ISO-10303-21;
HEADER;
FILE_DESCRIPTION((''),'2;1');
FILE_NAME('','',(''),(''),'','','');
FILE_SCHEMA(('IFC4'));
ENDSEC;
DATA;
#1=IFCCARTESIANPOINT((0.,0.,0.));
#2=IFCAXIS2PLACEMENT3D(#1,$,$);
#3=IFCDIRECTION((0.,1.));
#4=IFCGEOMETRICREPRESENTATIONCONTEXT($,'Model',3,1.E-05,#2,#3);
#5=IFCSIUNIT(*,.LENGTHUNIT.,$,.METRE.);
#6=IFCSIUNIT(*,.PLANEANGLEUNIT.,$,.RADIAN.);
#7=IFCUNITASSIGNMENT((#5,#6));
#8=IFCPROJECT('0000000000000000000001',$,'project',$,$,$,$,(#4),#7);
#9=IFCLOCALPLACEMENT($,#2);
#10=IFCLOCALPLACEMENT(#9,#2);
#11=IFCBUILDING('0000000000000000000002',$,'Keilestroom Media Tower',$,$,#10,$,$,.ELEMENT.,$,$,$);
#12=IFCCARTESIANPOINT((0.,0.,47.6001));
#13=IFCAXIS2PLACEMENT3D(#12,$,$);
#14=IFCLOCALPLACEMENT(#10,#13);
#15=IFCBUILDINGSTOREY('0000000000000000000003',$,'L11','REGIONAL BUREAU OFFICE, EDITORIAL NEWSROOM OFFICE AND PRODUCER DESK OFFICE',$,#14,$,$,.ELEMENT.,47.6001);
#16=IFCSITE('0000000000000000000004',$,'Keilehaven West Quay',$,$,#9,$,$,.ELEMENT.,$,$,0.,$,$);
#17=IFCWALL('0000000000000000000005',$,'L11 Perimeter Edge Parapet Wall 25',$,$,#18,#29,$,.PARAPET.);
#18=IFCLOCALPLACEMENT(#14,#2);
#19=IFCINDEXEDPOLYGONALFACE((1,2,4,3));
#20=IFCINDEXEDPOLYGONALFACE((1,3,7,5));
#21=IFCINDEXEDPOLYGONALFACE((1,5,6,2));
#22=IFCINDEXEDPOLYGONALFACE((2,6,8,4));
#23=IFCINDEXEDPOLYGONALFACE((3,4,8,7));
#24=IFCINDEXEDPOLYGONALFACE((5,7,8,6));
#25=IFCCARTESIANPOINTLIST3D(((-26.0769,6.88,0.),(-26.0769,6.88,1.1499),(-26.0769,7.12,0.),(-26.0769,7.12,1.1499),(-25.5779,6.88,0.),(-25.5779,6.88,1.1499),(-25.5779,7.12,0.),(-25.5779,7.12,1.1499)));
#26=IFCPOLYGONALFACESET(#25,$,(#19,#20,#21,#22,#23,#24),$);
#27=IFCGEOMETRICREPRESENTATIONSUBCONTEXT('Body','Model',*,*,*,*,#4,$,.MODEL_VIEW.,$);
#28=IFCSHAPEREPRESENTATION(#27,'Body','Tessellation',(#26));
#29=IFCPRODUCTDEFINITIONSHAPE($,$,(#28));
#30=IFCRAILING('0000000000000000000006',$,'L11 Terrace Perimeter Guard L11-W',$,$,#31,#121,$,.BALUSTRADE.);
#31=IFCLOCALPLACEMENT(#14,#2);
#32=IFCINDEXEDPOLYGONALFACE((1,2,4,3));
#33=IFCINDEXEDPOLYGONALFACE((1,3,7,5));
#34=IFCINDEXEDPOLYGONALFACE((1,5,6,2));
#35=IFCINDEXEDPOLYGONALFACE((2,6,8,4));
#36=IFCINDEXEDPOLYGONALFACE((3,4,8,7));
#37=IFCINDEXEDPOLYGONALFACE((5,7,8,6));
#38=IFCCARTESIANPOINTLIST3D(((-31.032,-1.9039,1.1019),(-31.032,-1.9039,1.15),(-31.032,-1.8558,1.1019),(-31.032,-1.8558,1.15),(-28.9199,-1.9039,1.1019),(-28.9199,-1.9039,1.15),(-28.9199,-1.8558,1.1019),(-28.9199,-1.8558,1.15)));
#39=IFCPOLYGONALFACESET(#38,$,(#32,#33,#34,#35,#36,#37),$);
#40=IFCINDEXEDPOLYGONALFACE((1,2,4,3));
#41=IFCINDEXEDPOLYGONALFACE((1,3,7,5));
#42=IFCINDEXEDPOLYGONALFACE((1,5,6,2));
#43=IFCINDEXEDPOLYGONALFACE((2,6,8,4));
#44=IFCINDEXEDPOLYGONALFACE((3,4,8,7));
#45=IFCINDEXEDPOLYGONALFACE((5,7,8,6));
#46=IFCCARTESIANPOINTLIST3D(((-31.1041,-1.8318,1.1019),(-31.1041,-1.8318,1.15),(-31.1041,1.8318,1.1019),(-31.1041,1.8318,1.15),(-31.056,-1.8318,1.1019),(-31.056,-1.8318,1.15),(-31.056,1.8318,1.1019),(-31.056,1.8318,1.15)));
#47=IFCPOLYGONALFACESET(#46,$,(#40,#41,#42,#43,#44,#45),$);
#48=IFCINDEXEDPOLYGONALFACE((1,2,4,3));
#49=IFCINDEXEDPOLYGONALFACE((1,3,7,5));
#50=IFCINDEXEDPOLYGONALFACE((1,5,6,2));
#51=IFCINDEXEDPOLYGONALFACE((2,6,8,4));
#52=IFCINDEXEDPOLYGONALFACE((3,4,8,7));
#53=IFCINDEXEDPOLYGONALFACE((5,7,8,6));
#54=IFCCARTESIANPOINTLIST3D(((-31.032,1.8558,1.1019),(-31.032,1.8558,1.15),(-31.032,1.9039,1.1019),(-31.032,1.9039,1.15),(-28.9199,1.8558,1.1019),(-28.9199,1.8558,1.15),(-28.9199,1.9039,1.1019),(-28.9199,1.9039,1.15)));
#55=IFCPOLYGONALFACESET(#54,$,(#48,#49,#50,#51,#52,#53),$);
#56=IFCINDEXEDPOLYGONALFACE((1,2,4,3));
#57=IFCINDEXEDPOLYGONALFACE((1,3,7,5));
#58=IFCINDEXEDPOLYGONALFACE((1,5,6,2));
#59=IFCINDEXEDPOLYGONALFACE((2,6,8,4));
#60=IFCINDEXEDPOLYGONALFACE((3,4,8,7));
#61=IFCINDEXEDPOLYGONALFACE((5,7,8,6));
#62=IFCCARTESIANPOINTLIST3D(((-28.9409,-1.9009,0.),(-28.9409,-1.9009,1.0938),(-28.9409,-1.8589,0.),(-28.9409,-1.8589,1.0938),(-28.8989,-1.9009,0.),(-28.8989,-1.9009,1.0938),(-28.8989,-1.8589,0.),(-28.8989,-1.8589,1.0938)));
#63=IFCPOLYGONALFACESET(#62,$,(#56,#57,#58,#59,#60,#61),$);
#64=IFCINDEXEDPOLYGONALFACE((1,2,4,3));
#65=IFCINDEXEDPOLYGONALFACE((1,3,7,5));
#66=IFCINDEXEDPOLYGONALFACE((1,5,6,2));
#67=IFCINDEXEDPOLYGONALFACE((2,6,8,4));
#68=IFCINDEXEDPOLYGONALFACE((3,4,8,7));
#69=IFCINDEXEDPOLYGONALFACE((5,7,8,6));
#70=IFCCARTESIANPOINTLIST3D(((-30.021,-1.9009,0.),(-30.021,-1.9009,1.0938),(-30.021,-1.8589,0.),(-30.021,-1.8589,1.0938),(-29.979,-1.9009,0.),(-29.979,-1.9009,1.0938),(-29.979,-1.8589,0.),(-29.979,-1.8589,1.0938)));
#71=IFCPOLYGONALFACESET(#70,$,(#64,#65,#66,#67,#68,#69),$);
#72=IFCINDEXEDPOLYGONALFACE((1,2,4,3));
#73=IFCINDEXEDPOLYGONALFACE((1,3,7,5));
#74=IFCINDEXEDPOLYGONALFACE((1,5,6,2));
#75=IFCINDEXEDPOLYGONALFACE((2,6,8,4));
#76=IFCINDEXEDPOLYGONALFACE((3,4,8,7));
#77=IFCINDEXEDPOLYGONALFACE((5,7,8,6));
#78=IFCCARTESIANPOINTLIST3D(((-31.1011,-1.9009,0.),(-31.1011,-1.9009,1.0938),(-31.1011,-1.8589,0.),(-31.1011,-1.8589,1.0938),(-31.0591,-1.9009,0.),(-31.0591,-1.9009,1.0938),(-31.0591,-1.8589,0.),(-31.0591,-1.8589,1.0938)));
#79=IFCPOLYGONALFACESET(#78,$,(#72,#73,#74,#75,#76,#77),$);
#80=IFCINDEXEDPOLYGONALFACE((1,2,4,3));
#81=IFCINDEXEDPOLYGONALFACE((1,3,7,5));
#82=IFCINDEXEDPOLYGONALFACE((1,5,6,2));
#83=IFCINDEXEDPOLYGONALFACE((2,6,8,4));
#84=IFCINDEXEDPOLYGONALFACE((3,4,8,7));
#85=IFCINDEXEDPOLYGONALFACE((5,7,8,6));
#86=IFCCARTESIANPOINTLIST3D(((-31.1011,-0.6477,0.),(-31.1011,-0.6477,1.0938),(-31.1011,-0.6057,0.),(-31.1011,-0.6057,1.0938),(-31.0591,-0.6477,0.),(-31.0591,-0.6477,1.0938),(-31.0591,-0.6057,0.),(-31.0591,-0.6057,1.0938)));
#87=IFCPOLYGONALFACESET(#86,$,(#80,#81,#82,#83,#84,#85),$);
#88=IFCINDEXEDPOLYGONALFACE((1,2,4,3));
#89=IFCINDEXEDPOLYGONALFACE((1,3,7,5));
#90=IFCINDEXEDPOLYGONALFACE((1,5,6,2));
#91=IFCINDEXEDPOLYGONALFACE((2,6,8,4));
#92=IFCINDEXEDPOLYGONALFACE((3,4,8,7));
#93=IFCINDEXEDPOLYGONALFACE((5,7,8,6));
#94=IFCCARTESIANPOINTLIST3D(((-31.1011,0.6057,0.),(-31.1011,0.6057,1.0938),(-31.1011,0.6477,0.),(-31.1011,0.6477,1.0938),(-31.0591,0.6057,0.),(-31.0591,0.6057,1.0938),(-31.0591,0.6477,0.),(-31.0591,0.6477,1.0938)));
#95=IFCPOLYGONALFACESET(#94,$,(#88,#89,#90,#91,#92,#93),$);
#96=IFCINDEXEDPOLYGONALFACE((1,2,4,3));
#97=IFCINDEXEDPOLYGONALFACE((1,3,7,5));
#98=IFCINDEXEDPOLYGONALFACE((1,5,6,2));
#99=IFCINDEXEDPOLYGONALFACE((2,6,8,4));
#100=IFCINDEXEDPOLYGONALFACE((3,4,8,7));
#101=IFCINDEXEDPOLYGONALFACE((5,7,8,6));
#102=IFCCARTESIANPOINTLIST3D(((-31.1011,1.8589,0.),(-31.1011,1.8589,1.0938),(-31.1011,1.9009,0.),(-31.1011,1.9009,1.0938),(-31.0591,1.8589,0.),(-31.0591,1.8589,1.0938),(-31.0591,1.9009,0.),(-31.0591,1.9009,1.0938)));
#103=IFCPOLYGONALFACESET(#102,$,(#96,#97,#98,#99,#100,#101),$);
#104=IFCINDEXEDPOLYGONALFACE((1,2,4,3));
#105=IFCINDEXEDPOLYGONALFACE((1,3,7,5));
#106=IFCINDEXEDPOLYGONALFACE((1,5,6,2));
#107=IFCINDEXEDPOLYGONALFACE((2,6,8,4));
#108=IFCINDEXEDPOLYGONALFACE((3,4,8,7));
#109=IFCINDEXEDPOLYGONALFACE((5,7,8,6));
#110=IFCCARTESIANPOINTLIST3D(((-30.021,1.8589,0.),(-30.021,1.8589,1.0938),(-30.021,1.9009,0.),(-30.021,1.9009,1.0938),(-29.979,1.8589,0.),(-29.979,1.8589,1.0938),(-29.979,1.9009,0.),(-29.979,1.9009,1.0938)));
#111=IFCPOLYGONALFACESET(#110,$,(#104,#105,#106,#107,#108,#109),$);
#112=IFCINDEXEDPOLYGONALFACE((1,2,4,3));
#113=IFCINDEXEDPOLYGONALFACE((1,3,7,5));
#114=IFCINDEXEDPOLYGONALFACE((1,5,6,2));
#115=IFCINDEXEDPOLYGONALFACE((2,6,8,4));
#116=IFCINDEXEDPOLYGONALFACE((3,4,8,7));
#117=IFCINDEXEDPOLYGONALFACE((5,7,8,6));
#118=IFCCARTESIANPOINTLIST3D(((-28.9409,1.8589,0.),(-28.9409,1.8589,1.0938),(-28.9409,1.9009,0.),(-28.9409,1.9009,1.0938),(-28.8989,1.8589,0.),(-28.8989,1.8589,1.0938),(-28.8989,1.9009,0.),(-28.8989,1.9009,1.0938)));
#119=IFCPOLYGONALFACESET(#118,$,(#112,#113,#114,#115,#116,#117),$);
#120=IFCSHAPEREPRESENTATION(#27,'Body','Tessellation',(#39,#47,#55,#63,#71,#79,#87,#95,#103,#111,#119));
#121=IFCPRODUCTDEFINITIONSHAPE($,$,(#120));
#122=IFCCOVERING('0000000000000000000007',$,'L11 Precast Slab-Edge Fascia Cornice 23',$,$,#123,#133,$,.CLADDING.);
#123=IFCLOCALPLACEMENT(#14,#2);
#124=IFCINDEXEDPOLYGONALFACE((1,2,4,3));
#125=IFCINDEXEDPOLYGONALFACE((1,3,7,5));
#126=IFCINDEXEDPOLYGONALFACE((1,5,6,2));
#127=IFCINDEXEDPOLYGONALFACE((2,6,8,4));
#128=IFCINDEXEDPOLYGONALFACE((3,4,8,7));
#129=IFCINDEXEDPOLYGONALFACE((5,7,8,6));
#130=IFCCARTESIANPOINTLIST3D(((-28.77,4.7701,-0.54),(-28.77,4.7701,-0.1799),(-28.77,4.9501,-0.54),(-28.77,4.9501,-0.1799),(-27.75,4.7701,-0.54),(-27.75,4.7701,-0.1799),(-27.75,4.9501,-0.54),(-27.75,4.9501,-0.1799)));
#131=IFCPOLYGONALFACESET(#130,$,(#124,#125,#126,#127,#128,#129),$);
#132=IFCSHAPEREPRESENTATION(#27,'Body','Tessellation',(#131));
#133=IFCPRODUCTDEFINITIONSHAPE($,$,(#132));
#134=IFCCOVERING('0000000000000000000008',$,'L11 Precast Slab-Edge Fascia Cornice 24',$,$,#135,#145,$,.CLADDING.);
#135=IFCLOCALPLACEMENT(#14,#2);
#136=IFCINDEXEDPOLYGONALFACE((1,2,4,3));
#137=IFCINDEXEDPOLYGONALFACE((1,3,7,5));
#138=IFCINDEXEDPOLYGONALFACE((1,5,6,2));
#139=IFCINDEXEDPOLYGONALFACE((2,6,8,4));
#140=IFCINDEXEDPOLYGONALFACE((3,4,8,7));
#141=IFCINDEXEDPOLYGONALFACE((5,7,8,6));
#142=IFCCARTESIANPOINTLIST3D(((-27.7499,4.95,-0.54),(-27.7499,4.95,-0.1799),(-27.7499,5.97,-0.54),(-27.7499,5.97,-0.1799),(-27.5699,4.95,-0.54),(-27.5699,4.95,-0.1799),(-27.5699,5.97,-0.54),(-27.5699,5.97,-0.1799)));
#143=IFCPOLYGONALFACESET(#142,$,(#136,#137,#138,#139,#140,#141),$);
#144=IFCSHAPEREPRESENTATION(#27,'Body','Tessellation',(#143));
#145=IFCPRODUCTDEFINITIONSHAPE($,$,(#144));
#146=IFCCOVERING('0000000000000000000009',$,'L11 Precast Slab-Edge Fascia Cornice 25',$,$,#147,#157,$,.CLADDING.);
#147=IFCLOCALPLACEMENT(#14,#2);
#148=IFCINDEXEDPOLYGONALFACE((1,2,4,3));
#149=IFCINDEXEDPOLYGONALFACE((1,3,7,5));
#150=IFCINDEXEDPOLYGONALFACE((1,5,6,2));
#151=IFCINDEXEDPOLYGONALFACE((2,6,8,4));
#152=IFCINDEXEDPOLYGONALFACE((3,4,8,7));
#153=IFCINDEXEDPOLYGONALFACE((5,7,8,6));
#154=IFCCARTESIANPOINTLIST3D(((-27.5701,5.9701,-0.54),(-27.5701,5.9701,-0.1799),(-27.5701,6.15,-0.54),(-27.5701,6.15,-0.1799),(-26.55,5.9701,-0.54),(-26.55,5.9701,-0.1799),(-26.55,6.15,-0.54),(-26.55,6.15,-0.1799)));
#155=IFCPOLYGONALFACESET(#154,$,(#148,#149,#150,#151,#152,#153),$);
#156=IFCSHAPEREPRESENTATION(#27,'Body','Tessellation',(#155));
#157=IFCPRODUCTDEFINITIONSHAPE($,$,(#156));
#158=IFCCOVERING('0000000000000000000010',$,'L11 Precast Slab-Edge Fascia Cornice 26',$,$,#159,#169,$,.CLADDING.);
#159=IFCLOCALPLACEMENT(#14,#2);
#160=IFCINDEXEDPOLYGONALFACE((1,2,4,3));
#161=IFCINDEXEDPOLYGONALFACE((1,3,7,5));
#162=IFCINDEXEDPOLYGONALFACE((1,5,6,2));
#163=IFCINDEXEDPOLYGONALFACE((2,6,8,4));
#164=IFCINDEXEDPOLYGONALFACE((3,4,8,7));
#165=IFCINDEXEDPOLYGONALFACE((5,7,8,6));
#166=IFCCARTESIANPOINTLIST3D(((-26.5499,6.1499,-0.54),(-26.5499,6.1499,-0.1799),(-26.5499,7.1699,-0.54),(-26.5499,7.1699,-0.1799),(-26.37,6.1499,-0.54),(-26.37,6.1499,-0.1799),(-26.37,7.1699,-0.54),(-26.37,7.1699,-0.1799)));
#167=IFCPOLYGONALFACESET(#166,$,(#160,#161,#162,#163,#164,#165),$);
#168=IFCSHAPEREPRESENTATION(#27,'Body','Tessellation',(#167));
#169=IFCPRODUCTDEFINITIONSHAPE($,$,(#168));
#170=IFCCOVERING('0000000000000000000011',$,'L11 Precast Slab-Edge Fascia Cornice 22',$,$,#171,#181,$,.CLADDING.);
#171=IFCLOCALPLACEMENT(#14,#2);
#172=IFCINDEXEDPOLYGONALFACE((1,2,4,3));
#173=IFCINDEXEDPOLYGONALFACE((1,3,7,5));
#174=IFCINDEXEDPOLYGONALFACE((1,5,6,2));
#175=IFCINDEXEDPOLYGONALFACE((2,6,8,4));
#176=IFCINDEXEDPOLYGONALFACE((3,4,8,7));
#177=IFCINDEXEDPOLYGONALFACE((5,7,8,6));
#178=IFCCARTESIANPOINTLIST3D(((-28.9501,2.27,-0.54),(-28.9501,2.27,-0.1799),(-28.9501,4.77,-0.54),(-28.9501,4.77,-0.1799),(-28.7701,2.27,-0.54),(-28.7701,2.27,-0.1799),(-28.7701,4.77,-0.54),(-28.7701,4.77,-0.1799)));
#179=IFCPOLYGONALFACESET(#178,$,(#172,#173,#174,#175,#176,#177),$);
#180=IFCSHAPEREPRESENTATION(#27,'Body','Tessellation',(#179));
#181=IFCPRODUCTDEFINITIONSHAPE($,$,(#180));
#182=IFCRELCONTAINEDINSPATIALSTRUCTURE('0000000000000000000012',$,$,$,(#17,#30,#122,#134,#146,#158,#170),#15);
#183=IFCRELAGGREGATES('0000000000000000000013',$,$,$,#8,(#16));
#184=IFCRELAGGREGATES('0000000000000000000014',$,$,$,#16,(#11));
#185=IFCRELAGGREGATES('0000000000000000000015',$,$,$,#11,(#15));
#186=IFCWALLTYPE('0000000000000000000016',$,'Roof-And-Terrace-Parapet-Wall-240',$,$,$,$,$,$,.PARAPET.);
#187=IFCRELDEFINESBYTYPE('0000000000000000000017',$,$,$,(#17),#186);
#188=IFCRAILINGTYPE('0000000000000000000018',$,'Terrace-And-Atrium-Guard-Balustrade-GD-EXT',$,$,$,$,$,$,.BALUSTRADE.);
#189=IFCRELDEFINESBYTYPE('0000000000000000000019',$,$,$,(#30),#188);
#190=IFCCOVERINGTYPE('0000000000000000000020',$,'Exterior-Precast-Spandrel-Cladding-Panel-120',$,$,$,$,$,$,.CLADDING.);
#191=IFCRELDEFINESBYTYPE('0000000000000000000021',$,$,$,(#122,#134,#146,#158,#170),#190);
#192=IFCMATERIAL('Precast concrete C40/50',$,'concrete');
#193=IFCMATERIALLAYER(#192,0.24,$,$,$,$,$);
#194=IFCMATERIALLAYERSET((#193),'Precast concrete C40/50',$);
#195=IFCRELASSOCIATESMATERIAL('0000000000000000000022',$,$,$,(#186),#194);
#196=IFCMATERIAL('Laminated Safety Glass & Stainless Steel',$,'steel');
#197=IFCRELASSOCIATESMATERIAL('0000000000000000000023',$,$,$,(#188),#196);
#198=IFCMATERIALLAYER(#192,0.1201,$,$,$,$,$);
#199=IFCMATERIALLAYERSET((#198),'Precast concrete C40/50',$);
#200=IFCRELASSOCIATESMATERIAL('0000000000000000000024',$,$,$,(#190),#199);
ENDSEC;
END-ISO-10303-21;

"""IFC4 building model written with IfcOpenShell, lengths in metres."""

from ifc_helpers import new_model, si_unit, direction, frame, frame_2d, origin, origin_2d, place, context, subcontext, project, spatial, rectangle, extrude, source, transform, mapped, material, layer, layer_set, type_object, element, save


model = new_model("IFC4")

# Units and contexts
model_context = context("Model", 3, precision=1e-05, world=origin(), true_north=direction((0.0, 1.0)))
body_context = subcontext(model_context, "Body", "Model", "MODEL_VIEW")
ifc_project = project(units=[si_unit("LENGTHUNIT", "METRE"), si_unit("PLANEANGLEUNIT", "RADIAN")], contexts=[model_context])

# Site, building, storey
site_placement = place(None, origin())
site = spatial("IfcSite", under=ifc_project, at=site_placement, Name="Keilehaven West Quay", CompositionType="ELEMENT", RefElevation=0.0)
building_placement = place(site_placement, origin())
building = spatial("IfcBuilding", under=site, at=building_placement, Name="Keilestroom Media Tower", CompositionType="ELEMENT")
storey_placement = place(building_placement, frame((0.0, 0.0, 47.6001)))
storey = spatial("IfcBuildingStorey", under=building, at=storey_placement, Name="L11", Description="REGIONAL BUREAU OFFICE, EDITORIAL NEWSROOM OFFICE AND PRODUCER DESK OFFICE", CompositionType="ELEMENT", Elevation=47.6001)

# Shared definitions
ifc_material_1 = material(Name="Precast concrete C40/50", Category="concrete")

# Wall
ifc_layer_1 = layer(ifc_material_1, 0.24)
ifc_layer_set_1 = layer_set([ifc_layer_1], Name="Precast concrete C40/50")
wall_type_1 = type_object("IfcWallType", Name="Roof-And-Terrace-Parapet-Wall-240", PredefinedType="PARAPET", material=ifc_layer_set_1)
wall_1_placement = place(storey_placement, frame((-26.0769, 7.0, 0.0), z_axis=(0.0, 0.0, 1.0), x_axis=(1.0, 0.0, 0.0)))
element("IfcWall", 1, at=wall_1_placement, inside=storey, type_object=wall_type_1, Name="L11 Perimeter Edge Parapet Wall 25", PredefinedType="PARAPET", context=body_context, shape_type="SweptSolid", body=[
    extrude(rectangle(XDim=0.499, YDim=0.24, at=frame_2d((0.2495, 0.0))), origin(), (0.0, 0.0, 1.0), 1.1499),
])

# Railing
ifc_material_2 = material(Name="Laminated Safety Glass & Stainless Steel", Category="steel")
railing_type = type_object("IfcRailingType", Name="Terrace-And-Atrium-Guard-Balustrade-GD-EXT", PredefinedType="BALUSTRADE", material=ifc_material_2)
railing_placement = place(storey_placement, frame((-28.9199, -1.8799, 0.0)))
element("IfcRailing", 2, at=railing_placement, inside=storey, type_object=railing_type, Name="L11 Terrace Perimeter Guard L11-W", PredefinedType="BALUSTRADE", context=body_context, shape_type="SweptSolid", body=[
    extrude(rectangle(XDim=0.0481, YDim=0.0481, at=origin_2d()), frame((0.0, 0.0, 1.126), z_axis=(-1.0, 0.0, 0.0), x_axis=(0.0, -1.0, 0.0)), (0.0, 0.0, 1.0), 2.1121),
    extrude(rectangle(XDim=0.0481, YDim=0.0481, at=origin_2d()), frame((-2.1602, 0.0481, 1.126), z_axis=(0.0, 1.0, 0.0), x_axis=(-1.0, 0.0, 0.0)), (0.0, 0.0, 1.0), 3.6636),
    extrude(rectangle(XDim=0.0481, YDim=0.0481, at=origin_2d()), frame((-2.1121, 3.7598, 1.126), z_axis=(1.0, 0.0, 0.0), x_axis=(0.0, 1.0, 0.0)), (0.0, 0.0, 1.0), 2.1121),
    extrude(rectangle(XDim=0.042, YDim=0.042, at=origin_2d()), origin(), (0.0, 0.0, 1.0), 1.0938),
    extrude(rectangle(XDim=0.042, YDim=0.042, at=origin_2d()), frame((-1.0801, 0.0, 0.0)), (0.0, 0.0, 1.0), 1.0938),
    extrude(rectangle(XDim=0.042, YDim=0.042, at=origin_2d()), frame((-2.1602, 0.0, 0.0)), (0.0, 0.0, 1.0), 1.0938),
    extrude(rectangle(XDim=0.042, YDim=0.042, at=origin_2d()), frame((-2.1602, 1.2532, 0.0)), (0.0, 0.0, 1.0), 1.0938),
    extrude(rectangle(XDim=0.042, YDim=0.042, at=origin_2d()), frame((-2.1602, 2.5066, 0.0)), (0.0, 0.0, 1.0), 1.0938),
    extrude(rectangle(XDim=0.042, YDim=0.042, at=origin_2d()), frame((-2.1602, 3.7598, 0.0)), (0.0, 0.0, 1.0), 1.0938),
    extrude(rectangle(XDim=0.042, YDim=0.042, at=origin_2d()), frame((-1.0801, 3.7598, 0.0)), (0.0, 0.0, 1.0), 1.0938),
    extrude(rectangle(XDim=0.042, YDim=0.042, at=origin_2d()), frame((0.0, 3.7598, 0.0)), (0.0, 0.0, 1.0), 1.0938),
])

# Coverings
ifc_layer_2 = layer(ifc_material_1, 0.1201)
ifc_layer_set_2 = layer_set([ifc_layer_2], Name="Precast concrete C40/50")
covering_type = type_object("IfcCoveringType", Name="Exterior-Precast-Spandrel-Cladding-Panel-120", PredefinedType="CLADDING", material=ifc_layer_set_2)
shared_shape_1 = source(origin(), body_context, "Body", "SweptSolid", [
    extrude(rectangle(XDim=1.02, YDim=0.1799, at=origin_2d()), origin(), (0.0, 0.0, 1.0), 0.3601),
])
for number, where, z_axis, x_axis, name in (
    (3, (-28.26, 4.8601, -0.54), (0.0, 0.0, 1.0), (1.0, 0.0, 0.0), "L11 Precast Slab-Edge Fascia Cornice 23"),
    (4, (-27.6599, 5.46, -0.54), (0.0, 0.0, 1.0), (0.0, 1.0, 0.0), "L11 Precast Slab-Edge Fascia Cornice 24"),
    (5, (-27.0601, 6.0601, -0.54), (0.0, 0.0, 1.0), (1.0, 0.0, 0.0), "L11 Precast Slab-Edge Fascia Cornice 25"),
    (6, (-26.46, 6.6599, -0.54), (0.0, 0.0, 1.0), (0.0, 1.0, 0.0), "L11 Precast Slab-Edge Fascia Cornice 26"),
):
    element("IfcCovering", number, at=place(storey_placement, frame(where, z_axis=z_axis, x_axis=x_axis)), inside=storey, type_object=covering_type, Name=name, PredefinedType="CLADDING", context=body_context, shape_type="MappedRepresentation", body=[
        mapped(shared_shape_1, transform((0.0, 0.0, 0.0), x_axis=(1.0, 0.0, 0.0), y_axis=(0.0, 1.0, 0.0), z_axis=(0.0, 0.0, 1.0), scale=1.0)),
    ])
shared_shape_2 = source(origin(), body_context, "Body", "SweptSolid", [
    extrude(rectangle(XDim=2.5, YDim=0.1799, at=origin_2d()), origin(), (0.0, 0.0, 1.0), 0.3601),
])
covering_placement = place(storey_placement, frame((-28.8601, 3.52, -0.54), z_axis=(0.0, 0.0, 1.0), x_axis=(0.0, 1.0, 0.0)))
element("IfcCovering", 7, at=covering_placement, inside=storey, type_object=covering_type, Name="L11 Precast Slab-Edge Fascia Cornice 22", PredefinedType="CLADDING", context=body_context, shape_type="MappedRepresentation", body=[
    mapped(shared_shape_2, transform((0.0, 0.0, 0.0), x_axis=(1.0, 0.0, 0.0), y_axis=(0.0, 1.0, 0.0), z_axis=(0.0, 0.0, 1.0), scale=1.0)),
])

save(model, "model.ifc")
